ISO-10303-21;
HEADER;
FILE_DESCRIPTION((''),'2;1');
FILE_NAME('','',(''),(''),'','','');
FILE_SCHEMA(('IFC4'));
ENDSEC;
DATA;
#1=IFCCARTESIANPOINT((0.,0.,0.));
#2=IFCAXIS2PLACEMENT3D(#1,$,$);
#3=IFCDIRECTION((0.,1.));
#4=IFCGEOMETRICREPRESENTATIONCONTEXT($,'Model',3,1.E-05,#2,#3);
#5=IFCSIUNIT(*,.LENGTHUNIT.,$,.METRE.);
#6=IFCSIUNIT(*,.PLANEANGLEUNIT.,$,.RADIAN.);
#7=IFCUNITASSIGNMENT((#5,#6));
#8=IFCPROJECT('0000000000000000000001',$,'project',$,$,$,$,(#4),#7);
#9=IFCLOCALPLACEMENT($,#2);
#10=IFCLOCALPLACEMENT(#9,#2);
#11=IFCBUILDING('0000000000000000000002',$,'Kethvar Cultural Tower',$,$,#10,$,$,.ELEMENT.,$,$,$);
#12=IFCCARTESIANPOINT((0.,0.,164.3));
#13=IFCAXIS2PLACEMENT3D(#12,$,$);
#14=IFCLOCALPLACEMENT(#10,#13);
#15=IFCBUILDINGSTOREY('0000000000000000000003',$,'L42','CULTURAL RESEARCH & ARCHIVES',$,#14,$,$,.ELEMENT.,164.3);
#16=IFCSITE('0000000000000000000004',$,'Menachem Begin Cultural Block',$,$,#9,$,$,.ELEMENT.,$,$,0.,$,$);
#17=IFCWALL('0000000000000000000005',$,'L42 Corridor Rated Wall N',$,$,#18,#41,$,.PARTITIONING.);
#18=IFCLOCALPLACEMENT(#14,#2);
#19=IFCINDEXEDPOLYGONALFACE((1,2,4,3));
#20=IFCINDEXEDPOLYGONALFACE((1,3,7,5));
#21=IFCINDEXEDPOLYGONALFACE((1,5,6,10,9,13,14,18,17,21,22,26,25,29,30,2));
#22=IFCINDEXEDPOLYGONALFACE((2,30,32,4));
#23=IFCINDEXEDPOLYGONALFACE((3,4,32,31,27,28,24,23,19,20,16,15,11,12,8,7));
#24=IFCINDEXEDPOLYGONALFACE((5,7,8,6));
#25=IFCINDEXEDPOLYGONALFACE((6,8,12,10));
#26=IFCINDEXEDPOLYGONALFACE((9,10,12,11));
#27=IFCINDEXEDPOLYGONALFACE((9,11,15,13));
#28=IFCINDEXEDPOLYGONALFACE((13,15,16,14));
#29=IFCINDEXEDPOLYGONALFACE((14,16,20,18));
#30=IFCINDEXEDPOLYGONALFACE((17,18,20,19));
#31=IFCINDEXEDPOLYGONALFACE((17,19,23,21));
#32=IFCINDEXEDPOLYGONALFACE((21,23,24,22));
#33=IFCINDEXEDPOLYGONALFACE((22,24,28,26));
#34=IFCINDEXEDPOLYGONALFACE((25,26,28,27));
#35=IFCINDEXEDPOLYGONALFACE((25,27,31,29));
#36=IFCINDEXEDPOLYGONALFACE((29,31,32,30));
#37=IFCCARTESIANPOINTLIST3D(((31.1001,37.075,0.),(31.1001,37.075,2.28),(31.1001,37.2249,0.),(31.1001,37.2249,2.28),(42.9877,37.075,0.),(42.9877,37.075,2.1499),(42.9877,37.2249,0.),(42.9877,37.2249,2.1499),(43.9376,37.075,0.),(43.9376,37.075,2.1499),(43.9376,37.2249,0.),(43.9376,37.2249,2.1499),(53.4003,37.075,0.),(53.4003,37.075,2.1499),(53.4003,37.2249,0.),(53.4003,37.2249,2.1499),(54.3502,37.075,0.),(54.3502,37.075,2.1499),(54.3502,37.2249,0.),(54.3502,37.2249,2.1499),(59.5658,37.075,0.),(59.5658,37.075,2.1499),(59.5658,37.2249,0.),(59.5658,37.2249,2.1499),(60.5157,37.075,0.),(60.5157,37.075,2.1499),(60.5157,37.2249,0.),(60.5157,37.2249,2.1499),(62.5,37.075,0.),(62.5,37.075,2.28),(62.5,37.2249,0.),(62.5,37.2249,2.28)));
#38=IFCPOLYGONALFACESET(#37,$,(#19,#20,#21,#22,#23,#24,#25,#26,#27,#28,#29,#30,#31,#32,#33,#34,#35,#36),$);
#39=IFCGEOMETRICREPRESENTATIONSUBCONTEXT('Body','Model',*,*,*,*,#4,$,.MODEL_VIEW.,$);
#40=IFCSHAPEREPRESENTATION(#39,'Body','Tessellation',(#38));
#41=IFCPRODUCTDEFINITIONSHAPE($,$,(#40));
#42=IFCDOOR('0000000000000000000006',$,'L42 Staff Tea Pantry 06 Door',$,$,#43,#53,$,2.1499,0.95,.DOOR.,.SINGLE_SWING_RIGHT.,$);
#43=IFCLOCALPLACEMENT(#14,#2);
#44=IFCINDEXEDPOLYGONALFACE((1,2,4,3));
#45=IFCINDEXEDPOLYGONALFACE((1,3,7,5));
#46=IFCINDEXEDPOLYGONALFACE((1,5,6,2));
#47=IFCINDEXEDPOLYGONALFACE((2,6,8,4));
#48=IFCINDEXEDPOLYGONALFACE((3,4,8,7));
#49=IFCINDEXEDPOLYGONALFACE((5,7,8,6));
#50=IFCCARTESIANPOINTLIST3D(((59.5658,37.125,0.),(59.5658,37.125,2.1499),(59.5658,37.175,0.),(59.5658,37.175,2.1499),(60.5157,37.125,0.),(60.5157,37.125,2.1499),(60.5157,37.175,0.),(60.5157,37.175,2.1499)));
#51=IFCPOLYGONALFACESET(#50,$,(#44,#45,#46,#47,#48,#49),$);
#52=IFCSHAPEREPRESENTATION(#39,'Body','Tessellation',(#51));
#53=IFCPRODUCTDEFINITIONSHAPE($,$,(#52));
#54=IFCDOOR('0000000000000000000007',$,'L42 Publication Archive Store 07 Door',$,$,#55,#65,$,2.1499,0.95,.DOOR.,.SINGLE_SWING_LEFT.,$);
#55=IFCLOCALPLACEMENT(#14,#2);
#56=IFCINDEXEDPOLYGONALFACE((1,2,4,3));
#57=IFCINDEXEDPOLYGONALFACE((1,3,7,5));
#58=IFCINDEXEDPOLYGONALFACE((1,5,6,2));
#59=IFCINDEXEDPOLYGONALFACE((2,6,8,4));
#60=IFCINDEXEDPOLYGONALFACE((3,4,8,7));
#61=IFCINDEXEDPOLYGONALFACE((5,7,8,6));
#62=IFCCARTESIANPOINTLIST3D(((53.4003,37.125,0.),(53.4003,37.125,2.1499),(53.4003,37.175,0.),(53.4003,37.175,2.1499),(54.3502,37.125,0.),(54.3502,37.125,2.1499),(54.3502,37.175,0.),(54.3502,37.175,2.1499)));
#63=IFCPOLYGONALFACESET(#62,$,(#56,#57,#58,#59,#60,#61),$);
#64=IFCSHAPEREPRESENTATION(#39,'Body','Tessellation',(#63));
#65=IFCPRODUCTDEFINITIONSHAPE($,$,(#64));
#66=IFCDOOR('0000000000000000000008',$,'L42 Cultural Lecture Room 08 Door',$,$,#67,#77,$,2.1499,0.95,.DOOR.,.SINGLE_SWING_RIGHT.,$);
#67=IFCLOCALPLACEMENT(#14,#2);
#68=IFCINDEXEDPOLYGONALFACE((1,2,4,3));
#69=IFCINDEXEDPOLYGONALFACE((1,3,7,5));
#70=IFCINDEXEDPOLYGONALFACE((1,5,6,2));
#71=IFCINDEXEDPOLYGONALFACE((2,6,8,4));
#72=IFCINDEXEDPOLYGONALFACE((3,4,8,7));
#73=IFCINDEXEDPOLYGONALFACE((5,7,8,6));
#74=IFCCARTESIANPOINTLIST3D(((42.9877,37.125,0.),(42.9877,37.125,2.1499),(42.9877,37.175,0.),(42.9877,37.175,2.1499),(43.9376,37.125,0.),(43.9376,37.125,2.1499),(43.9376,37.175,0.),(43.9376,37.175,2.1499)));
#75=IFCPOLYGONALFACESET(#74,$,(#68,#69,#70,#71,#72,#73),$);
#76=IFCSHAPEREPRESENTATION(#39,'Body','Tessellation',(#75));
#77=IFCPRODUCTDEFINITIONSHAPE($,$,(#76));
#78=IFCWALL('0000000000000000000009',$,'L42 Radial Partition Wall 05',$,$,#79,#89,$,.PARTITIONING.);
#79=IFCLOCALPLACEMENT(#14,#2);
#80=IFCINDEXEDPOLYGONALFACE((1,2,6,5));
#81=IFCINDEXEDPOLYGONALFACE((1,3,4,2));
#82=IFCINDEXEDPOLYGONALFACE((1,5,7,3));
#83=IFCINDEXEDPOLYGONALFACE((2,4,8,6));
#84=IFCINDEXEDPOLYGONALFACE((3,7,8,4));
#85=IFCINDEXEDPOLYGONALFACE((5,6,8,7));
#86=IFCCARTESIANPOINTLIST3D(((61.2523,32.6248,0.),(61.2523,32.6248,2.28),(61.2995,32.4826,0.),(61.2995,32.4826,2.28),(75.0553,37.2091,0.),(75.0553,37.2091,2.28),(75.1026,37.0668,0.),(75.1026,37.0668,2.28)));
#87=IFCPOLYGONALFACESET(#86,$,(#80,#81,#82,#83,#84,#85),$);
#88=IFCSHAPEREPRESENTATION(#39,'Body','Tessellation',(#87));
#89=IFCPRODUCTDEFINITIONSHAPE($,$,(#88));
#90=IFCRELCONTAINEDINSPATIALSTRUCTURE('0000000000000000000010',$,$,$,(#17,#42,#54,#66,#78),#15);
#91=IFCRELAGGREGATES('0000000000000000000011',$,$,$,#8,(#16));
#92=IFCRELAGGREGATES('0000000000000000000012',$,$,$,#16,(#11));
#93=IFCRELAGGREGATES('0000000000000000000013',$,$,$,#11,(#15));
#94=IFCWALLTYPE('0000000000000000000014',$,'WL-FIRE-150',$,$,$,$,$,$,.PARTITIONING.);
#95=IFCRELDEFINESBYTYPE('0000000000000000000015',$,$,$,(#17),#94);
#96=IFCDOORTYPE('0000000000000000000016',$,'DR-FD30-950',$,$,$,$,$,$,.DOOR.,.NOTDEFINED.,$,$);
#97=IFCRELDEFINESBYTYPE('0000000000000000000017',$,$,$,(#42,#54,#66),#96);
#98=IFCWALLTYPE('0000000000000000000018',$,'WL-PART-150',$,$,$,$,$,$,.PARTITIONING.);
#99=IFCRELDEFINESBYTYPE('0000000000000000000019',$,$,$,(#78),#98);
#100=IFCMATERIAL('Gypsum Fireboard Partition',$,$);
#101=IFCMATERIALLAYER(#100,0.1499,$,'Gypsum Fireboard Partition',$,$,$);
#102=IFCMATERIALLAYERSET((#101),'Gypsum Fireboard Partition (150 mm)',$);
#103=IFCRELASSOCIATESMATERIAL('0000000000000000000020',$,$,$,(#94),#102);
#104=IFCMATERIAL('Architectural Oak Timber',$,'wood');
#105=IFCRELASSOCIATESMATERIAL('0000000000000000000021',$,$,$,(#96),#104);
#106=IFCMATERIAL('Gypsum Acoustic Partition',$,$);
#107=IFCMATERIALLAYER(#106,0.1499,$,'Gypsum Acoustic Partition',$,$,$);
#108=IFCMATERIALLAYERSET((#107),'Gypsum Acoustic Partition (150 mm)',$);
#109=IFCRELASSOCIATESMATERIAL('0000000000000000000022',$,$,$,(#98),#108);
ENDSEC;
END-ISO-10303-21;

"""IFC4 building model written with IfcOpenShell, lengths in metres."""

from ifc_helpers import new_model, si_unit, direction, frame, frame_2d, origin, place, context, subcontext, project, spatial, rectangle, extrude, source, transform, mapped, material, layer, layer_set, type_object, element, fill, save


model = new_model("IFC4")

# Units and contexts
model_context = context("Model", 3, precision=1e-05, world=origin(), true_north=direction((0.0, 1.0)))
body_context = subcontext(model_context, "Body", "Model", "MODEL_VIEW")
ifc_project = project(units=[si_unit("LENGTHUNIT", "METRE"), si_unit("PLANEANGLEUNIT", "RADIAN")], contexts=[model_context])

# Site, building, storey
site_placement = place(None, origin())
site = spatial("IfcSite", under=ifc_project, at=site_placement, Name="Menachem Begin Cultural Block", CompositionType="ELEMENT", RefElevation=0.0)
building_placement = place(site_placement, origin())
building = spatial("IfcBuilding", under=site, at=building_placement, Name="Kethvar Cultural Tower", CompositionType="ELEMENT")
storey_placement = place(building_placement, frame((0.0, 0.0, 164.3)))
storey = spatial("IfcBuildingStorey", under=building, at=storey_placement, Name="L42", Description="CULTURAL RESEARCH & ARCHIVES", CompositionType="ELEMENT", Elevation=164.3)

# Shared definitions
ifc_material_1 = material(Name="Gypsum Fireboard Partition")
ifc_layer_1 = layer(ifc_material_1, 0.1499, Name="Gypsum Fireboard Partition")
ifc_layer_set_1 = layer_set([ifc_layer_1], Name="Gypsum Fireboard Partition (150 mm)")
wall_type_1 = type_object("IfcWallType", Name="WL-FIRE-150", PredefinedType="PARTITIONING", material=ifc_layer_set_1)

# Wall, openings, doors
wall_1_placement = place(storey_placement, frame((62.5, 37.1499, 0.0), z_axis=(0.0, 0.0, 1.0), x_axis=(-1.0, 0.0, 0.0)))
wall_1 = element("IfcWall", 1, at=wall_1_placement, inside=storey, type_object=wall_type_1, Name="L42 Corridor Rated Wall N", PredefinedType="PARTITIONING", context=body_context, shape_type="SweptSolid", body=[
    extrude(rectangle(XDim=31.3999, YDim=0.1499, at=frame_2d((15.7, 0.0))), origin(), (0.0, 0.0, 1.0), 2.28),
])
opening_1_placement = place(wall_1_placement, frame((1.9841, 0.0, 0.0)))
opening_1 = element("IfcOpeningElement", 2, at=opening_1_placement, cuts=wall_1, PredefinedType="OPENING", context=body_context, shape_type="SweptSolid", body=[
    extrude(rectangle(XDim=0.95, YDim=2.1499, at=frame_2d((0.4751, 1.075))), frame((0.0, 0.085, 0.0), z_axis=(0.0, -1.0, 0.0), x_axis=(1.0, 0.0, 0.0)), (0.0, 0.0, 1.0), 0.1699),
])
opening_2_placement = place(wall_1_placement, frame((8.1497, 0.0, 0.0)))
opening_2 = element("IfcOpeningElement", 3, at=opening_2_placement, cuts=wall_1, PredefinedType="OPENING", context=body_context, shape_type="SweptSolid", body=[
    extrude(rectangle(XDim=0.95, YDim=2.1499, at=frame_2d((0.4751, 1.075))), frame((0.0, 0.085, 0.0), z_axis=(0.0, -1.0, 0.0), x_axis=(1.0, 0.0, 0.0)), (0.0, 0.0, 1.0), 0.1699),
])
opening_3_placement = place(wall_1_placement, frame((18.5623, 0.0, 0.0)))
opening_3 = element("IfcOpeningElement", 4, at=opening_3_placement, cuts=wall_1, PredefinedType="OPENING", context=body_context, shape_type="SweptSolid", body=[
    extrude(rectangle(XDim=0.95, YDim=2.1499, at=frame_2d((0.4751, 1.075))), frame((0.0, 0.085, 0.0), z_axis=(0.0, -1.0, 0.0), x_axis=(1.0, 0.0, 0.0)), (0.0, 0.0, 1.0), 0.1699),
])
ifc_material_2 = material(Name="Architectural Oak Timber", Category="wood")
door_type_1 = type_object("IfcDoorType", Name="DR-FD30-950", OperationType="NOTDEFINED", PredefinedType="DOOR", material=ifc_material_2)
shared_shape_1 = source(origin(), body_context, "Body", "SweptSolid", [
    extrude(rectangle(XDim=0.95, YDim=2.1499, at=frame_2d((0.4751, 1.075))), frame((0.0, 0.0249, 0.0), z_axis=(0.0, -1.0, 0.0), x_axis=(1.0, 0.0, 0.0)), (0.0, 0.0, 1.0), 0.05),
])
door_1_placement = place(opening_1_placement, origin())
door_1 = element("IfcDoor", 5, at=door_1_placement, inside=storey, type_object=door_type_1, Name="L42 Staff Tea Pantry 06 Door", OperationType="SINGLE_SWING_RIGHT", OverallHeight=2.1499, OverallWidth=0.95, PredefinedType="DOOR", context=body_context, shape_type="MappedRepresentation", body=[
    mapped(shared_shape_1, transform((0.0, 0.0, 0.0), scale=1.0)),
])
fill(opening_1, door_1)
door_2_placement = place(opening_2_placement, origin())
door_2 = element("IfcDoor", 6, at=door_2_placement, inside=storey, type_object=door_type_1, Name="L42 Publication Archive Store 07 Door", OperationType="SINGLE_SWING_LEFT", OverallHeight=2.1499, OverallWidth=0.95, PredefinedType="DOOR", context=body_context, shape_type="MappedRepresentation", body=[
    mapped(shared_shape_1, transform((0.0, 0.0, 0.0), scale=1.0)),
])
fill(opening_2, door_2)
door_3_placement = place(opening_3_placement, origin())
door_3 = element("IfcDoor", 7, at=door_3_placement, inside=storey, type_object=door_type_1, Name="L42 Cultural Lecture Room 08 Door", OperationType="SINGLE_SWING_RIGHT", OverallHeight=2.1499, OverallWidth=0.95, PredefinedType="DOOR", context=body_context, shape_type="MappedRepresentation", body=[
    mapped(shared_shape_1, transform((0.0, 0.0, 0.0), scale=1.0)),
])
fill(opening_3, door_3)

# Wall
ifc_material_3 = material(Name="Gypsum Acoustic Partition")
ifc_layer_2 = layer(ifc_material_3, 0.1499, Name="Gypsum Acoustic Partition")
ifc_layer_set_2 = layer_set([ifc_layer_2], Name="Gypsum Acoustic Partition (150 mm)")
wall_type_2 = type_object("IfcWallType", Name="WL-PART-150", PredefinedType="PARTITIONING", material=ifc_layer_set_2)
wall_2_placement = place(storey_placement, frame((61.2759, 32.5537, 0.0), z_axis=(0.0, 0.0, 1.0), x_axis=(0.949029, 0.31519, 0.0)))
element("IfcWall", 8, at=wall_2_placement, inside=storey, type_object=wall_type_2, Name="L42 Radial Partition Wall 05", PredefinedType="PARTITIONING", context=body_context, shape_type="SweptSolid", body=[
    extrude(rectangle(XDim=14.5444, YDim=0.1499, at=frame_2d((7.2722, 0.0))), origin(), (0.0, 0.0, 1.0), 2.28),
])

save(model, "model.ifc")
